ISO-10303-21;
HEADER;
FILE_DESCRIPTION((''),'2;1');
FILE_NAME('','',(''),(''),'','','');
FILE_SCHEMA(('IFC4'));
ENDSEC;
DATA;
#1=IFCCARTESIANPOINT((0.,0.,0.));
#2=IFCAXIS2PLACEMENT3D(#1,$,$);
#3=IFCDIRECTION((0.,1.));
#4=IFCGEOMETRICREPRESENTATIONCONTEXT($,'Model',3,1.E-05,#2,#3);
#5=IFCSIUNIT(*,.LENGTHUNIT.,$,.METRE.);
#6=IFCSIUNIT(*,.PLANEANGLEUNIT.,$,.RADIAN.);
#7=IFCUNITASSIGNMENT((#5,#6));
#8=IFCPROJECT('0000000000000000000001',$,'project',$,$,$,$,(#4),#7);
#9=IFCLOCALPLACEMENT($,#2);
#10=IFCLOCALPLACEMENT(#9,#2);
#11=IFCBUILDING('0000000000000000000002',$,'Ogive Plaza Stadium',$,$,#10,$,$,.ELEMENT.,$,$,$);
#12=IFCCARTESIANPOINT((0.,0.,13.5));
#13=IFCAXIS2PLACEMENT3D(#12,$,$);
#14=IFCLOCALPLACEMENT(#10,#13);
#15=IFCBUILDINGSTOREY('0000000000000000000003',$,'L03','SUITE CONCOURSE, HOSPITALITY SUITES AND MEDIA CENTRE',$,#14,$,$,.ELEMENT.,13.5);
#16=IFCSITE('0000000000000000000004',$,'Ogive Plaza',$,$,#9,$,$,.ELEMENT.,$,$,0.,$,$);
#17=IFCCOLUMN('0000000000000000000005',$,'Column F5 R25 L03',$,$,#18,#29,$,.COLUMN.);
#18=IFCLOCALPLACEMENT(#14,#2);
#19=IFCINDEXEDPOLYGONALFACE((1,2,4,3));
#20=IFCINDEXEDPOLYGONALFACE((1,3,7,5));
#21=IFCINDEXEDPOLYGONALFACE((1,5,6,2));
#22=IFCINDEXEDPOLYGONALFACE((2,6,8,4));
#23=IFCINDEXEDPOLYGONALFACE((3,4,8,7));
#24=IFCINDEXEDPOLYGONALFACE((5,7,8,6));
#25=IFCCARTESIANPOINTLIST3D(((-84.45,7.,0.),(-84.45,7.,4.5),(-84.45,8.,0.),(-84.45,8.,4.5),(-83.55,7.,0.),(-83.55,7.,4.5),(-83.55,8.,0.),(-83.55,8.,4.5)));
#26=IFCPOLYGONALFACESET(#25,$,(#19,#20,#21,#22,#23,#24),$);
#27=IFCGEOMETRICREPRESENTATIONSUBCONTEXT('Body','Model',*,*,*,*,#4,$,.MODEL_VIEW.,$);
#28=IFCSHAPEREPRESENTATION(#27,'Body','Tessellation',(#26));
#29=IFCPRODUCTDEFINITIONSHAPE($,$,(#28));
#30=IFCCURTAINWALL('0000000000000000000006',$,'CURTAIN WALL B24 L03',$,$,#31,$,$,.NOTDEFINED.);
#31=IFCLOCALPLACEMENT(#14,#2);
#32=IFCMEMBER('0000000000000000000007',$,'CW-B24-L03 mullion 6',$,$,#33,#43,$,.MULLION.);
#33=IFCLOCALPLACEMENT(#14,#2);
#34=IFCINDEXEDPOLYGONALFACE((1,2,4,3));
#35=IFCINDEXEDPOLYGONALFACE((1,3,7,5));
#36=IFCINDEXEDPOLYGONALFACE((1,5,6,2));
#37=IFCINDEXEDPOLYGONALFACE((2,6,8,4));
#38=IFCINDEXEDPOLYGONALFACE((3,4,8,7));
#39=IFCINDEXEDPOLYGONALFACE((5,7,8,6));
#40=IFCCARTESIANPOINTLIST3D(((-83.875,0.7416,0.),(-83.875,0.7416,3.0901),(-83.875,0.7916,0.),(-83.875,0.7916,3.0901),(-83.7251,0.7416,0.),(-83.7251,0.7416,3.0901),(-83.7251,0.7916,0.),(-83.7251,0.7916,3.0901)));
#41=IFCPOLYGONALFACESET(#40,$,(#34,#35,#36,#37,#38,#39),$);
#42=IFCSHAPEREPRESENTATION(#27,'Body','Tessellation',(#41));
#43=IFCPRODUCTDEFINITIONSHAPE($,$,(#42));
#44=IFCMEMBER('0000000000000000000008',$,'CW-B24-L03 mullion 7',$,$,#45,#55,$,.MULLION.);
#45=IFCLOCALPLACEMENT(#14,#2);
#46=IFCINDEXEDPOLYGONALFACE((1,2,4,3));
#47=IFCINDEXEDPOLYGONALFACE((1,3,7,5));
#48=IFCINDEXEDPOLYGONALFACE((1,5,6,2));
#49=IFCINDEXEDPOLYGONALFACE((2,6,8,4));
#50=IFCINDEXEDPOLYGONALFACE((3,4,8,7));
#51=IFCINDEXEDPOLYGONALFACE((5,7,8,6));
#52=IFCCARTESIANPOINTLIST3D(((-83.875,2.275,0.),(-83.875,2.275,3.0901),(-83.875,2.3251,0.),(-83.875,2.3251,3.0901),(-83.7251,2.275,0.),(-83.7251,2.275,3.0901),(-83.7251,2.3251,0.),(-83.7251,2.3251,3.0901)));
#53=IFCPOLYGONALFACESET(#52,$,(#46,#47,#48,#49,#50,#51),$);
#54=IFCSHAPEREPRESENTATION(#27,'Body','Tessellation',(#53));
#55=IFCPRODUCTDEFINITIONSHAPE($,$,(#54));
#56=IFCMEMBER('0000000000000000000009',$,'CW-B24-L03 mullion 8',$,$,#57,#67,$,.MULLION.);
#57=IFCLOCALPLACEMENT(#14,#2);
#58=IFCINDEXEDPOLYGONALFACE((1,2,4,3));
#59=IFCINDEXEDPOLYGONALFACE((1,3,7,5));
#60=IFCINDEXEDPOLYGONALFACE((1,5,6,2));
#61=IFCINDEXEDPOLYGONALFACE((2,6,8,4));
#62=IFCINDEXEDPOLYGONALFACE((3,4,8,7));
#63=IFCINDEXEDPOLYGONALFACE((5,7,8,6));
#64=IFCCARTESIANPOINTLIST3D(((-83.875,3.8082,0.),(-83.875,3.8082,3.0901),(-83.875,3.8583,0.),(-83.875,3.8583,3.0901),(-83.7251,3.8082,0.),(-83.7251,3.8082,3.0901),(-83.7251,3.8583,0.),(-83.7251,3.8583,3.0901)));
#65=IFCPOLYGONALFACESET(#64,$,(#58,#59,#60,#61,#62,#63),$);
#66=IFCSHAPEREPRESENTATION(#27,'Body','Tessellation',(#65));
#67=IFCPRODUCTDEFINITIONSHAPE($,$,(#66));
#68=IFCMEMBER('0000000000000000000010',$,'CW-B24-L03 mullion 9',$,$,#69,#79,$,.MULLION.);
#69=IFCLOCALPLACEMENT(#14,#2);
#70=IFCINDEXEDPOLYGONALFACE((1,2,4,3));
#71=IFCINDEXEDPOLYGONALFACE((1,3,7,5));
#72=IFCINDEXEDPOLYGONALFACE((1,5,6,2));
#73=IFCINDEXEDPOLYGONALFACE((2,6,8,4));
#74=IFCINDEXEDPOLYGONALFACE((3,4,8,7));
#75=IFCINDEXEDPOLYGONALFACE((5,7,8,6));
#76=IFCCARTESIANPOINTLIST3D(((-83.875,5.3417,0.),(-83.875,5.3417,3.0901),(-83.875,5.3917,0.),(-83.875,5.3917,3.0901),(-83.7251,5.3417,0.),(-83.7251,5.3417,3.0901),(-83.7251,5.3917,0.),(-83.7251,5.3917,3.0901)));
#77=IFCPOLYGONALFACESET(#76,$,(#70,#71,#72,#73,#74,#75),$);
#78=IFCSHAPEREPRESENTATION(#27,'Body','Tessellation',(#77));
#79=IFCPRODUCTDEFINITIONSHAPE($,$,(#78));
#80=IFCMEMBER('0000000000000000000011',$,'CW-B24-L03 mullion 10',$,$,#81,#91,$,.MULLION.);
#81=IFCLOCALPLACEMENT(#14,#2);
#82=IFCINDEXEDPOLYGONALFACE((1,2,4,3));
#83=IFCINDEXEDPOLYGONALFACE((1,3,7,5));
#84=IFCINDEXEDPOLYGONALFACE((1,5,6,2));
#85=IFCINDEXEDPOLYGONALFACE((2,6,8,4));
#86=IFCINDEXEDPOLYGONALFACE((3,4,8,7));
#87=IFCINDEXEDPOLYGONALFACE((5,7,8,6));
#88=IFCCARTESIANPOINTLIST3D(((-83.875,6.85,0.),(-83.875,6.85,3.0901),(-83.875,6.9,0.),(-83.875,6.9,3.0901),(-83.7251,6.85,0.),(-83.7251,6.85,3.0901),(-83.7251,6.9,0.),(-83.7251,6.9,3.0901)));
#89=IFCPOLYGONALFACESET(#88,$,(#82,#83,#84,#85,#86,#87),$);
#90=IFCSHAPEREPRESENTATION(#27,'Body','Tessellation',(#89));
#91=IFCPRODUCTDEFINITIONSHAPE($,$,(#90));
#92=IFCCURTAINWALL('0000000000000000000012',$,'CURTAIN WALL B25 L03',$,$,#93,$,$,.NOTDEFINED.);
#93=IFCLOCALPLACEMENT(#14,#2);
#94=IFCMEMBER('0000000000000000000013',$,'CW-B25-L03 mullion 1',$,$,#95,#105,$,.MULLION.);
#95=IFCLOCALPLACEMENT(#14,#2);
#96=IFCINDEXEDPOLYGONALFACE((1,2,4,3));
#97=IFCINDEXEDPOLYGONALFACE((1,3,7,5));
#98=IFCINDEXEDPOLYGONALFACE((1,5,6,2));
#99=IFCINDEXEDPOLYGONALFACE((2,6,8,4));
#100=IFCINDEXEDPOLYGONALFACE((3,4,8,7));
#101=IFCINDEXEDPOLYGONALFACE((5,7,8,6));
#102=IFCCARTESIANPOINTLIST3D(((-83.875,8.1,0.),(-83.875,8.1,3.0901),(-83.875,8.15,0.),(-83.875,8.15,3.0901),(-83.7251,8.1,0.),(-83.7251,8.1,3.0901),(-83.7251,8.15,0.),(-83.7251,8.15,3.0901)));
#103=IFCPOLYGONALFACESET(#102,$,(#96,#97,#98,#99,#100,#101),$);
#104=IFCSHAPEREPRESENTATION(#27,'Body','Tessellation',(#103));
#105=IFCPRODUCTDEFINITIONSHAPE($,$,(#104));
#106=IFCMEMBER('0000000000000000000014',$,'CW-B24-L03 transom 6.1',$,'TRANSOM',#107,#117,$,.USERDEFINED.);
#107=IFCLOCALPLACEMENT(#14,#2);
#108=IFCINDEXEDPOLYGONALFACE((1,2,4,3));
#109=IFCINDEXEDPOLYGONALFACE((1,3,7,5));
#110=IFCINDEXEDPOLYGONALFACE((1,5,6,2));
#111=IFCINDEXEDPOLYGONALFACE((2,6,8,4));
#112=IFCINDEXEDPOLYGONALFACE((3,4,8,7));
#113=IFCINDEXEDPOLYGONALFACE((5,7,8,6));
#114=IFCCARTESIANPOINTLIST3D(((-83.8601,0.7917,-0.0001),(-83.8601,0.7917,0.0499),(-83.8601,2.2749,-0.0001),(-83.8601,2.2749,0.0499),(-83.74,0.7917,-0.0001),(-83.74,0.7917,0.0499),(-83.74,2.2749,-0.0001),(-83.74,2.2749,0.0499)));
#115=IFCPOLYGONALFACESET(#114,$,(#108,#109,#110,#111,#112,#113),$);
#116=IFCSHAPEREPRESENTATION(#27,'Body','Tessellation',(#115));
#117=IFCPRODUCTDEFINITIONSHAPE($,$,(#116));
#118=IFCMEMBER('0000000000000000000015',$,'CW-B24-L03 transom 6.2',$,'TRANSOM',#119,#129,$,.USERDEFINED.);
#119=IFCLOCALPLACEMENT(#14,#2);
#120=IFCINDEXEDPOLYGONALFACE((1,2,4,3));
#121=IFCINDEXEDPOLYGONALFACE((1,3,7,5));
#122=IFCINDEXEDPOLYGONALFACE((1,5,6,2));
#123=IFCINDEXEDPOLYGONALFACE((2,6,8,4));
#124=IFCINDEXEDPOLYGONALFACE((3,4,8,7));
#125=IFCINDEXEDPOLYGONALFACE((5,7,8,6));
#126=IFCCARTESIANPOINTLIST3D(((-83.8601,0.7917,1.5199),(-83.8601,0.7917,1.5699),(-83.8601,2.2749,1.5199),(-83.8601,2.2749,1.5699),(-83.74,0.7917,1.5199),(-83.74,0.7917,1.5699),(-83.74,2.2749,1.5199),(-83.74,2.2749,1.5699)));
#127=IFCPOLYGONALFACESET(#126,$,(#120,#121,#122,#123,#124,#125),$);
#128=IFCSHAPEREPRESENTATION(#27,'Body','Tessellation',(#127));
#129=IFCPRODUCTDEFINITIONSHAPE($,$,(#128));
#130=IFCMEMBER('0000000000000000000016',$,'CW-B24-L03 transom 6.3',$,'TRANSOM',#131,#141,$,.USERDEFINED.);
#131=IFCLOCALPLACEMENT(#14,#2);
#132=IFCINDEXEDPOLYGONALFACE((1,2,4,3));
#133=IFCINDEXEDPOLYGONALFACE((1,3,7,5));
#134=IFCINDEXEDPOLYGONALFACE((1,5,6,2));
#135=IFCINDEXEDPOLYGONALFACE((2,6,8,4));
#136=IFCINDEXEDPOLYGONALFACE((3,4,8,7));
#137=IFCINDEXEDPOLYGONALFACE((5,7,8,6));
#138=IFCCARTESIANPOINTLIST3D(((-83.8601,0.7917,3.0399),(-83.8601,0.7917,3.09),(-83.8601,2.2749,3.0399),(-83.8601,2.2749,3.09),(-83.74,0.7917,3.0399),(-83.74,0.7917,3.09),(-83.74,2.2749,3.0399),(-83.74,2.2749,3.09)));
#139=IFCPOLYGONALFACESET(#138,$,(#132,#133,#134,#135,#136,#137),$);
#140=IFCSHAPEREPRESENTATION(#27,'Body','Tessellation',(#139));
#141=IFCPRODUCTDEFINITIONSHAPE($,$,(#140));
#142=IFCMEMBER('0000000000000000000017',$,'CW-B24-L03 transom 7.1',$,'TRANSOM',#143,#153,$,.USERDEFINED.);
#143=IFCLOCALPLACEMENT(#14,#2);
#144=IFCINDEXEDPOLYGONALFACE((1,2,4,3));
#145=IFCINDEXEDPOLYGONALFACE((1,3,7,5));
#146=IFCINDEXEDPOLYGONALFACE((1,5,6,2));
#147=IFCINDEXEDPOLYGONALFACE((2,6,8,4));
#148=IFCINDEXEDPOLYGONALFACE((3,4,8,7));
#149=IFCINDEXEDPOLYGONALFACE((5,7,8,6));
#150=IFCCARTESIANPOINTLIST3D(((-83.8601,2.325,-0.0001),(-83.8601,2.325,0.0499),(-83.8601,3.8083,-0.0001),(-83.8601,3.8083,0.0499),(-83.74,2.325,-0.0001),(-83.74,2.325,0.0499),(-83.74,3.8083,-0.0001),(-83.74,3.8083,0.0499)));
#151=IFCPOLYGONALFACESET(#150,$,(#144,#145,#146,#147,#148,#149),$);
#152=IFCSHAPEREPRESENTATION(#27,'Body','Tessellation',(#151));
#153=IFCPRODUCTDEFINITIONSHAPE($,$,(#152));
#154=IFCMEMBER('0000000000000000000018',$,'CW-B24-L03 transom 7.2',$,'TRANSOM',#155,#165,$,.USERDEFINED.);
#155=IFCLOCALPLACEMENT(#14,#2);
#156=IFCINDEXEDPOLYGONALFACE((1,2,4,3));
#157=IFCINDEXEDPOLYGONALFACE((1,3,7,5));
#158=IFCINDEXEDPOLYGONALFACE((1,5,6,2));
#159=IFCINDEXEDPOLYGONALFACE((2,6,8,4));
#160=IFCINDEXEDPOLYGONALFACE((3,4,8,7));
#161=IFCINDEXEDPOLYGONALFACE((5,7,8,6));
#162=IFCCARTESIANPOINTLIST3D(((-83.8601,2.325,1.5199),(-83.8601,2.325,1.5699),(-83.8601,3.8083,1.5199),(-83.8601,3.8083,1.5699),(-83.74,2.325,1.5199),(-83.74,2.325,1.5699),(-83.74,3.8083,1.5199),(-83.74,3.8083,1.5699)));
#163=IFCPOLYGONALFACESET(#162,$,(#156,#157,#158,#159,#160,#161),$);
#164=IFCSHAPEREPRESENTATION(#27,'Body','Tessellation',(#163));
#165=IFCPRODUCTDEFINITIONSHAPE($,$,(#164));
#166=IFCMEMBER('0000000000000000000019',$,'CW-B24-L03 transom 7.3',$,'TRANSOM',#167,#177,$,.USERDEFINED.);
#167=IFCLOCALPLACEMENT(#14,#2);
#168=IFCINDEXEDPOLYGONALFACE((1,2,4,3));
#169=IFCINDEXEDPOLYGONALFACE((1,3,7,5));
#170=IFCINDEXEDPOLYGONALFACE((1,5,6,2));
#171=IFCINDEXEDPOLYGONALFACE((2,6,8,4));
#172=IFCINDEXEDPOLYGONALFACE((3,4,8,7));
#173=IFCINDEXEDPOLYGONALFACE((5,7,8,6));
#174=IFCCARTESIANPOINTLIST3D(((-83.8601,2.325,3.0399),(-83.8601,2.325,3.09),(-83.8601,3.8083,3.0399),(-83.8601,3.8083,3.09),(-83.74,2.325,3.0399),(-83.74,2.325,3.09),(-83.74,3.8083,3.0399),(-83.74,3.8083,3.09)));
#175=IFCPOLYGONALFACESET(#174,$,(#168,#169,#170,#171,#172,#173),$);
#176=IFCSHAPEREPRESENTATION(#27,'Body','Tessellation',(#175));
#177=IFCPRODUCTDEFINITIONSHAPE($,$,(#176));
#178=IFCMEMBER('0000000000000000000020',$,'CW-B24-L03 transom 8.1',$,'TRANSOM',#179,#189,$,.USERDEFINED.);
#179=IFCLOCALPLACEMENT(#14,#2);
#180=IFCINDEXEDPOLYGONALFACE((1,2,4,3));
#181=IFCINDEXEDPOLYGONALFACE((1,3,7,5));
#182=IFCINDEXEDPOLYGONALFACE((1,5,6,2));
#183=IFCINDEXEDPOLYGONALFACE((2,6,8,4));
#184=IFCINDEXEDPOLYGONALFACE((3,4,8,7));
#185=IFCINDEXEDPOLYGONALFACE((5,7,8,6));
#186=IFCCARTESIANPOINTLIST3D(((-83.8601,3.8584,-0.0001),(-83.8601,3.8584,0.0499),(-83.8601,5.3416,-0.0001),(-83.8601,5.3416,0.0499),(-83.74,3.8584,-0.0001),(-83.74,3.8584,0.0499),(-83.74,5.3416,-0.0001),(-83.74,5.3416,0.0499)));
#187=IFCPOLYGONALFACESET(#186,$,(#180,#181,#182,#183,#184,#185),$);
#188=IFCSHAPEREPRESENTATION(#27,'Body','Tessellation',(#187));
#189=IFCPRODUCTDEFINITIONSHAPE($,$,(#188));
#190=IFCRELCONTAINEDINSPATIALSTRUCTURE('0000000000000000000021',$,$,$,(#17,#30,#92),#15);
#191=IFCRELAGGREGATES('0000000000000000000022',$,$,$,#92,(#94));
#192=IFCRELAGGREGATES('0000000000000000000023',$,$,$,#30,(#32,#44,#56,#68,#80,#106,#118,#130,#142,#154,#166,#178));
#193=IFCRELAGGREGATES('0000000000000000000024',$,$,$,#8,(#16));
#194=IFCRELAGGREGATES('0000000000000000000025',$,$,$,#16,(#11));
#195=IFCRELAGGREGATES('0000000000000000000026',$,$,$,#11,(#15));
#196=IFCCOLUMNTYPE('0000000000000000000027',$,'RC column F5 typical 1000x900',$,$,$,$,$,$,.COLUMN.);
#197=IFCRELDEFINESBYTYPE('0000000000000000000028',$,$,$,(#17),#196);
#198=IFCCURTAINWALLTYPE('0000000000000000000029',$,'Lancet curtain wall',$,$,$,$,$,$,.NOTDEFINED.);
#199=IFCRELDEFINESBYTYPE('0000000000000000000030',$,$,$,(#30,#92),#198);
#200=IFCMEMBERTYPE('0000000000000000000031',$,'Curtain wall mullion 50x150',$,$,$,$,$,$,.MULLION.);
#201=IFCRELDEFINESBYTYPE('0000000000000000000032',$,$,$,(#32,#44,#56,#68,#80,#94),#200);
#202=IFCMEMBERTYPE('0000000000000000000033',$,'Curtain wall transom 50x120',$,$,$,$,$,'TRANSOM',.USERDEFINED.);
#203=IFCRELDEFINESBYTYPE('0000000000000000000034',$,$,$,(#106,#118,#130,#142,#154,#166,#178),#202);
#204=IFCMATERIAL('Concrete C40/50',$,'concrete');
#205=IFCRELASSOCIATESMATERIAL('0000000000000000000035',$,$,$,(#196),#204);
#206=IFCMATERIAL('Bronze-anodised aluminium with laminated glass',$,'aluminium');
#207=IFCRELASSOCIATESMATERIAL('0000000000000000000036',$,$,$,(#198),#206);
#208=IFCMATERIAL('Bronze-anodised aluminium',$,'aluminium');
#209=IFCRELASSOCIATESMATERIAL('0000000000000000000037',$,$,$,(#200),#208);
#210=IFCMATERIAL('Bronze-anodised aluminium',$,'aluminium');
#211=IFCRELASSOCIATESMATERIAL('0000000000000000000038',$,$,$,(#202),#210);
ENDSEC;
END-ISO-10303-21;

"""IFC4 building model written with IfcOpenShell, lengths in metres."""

from ifc_helpers import new_model, si_unit, direction, frame, origin, origin_2d, place, context, subcontext, project, spatial, rectangle, extrude, material, material_profile, profile_set, type_object, element, aggregate, save


model = new_model("IFC4")

# Units and contexts
model_context = context("Model", 3, precision=1e-05, world=origin(), true_north=direction((0.0, 1.0)))
body_context = subcontext(model_context, "Body", "Model", "MODEL_VIEW")
ifc_project = project(units=[si_unit("LENGTHUNIT", "METRE"), si_unit("PLANEANGLEUNIT", "RADIAN")], contexts=[model_context])

# Site, building, storey
site_placement = place(None, origin())
site = spatial("IfcSite", under=ifc_project, at=site_placement, Name="Ogive Plaza", CompositionType="ELEMENT", RefElevation=0.0)
building_placement = place(site_placement, origin())
building = spatial("IfcBuilding", under=site, at=building_placement, Name="Ogive Plaza Stadium", CompositionType="ELEMENT")
storey_placement = place(building_placement, frame((0.0, 0.0, 13.5)))
storey = spatial("IfcBuildingStorey", under=building, at=storey_placement, Name="L03", Description="SUITE CONCOURSE, HOSPITALITY SUITES AND MEDIA CENTRE", CompositionType="ELEMENT", Elevation=13.5)

# Column
ifc_material_1 = material(Name="Concrete C40/50", Category="concrete")
ifc_material_profile_1 = material_profile(ifc_material_1, rectangle(XDim=1.0, YDim=0.8999, at=origin_2d()), Name="RC 1000x900")
ifc_profile_set_1 = profile_set([ifc_material_profile_1], Name="Concrete C40/50")
column_type = type_object("IfcColumnType", Name="RC column F5 typical 1000x900", PredefinedType="COLUMN", material=ifc_profile_set_1)
column_placement = place(storey_placement, frame((-84.0, 7.5, 0.0), z_axis=(0.0, 0.0, 1.0), x_axis=(0.0, -1.0, 0.0)))
element("IfcColumn", 1, at=column_placement, inside=storey, type_object=column_type, Name="Column F5 R25 L03", PredefinedType="COLUMN", context=body_context, shape_type="SweptSolid", body=[
    extrude(rectangle(XDim=1.0, YDim=0.8999, at=origin_2d()), origin(), (0.0, 0.0, 1.0), 4.5),
])

# Curtain wall, members
ifc_material_2 = material(Name="Bronze-anodised aluminium with laminated glass", Category="aluminium")
curtain_wall_type = type_object("IfcCurtainWallType", Name="Lancet curtain wall", PredefinedType="NOTDEFINED", material=ifc_material_2)
curtain_wall_1_placement = place(storey_placement, origin())
curtain_wall_1 = element("IfcCurtainWall", 2, at=curtain_wall_1_placement, inside=storey, type_object=curtain_wall_type, Name="CURTAIN WALL B24 L03", PredefinedType="NOTDEFINED")
ifc_material_3 = material(Name="Bronze-anodised aluminium", Category="aluminium")
ifc_material_profile_2 = material_profile(ifc_material_3, rectangle(XDim=0.1499, YDim=0.05, at=origin_2d()), Name="AL 150x50")
ifc_profile_set_2 = profile_set([ifc_material_profile_2], Name="Bronze-anodised aluminium")
member_type_1 = type_object("IfcMemberType", Name="Curtain wall mullion 50x150", PredefinedType="MULLION", material=ifc_profile_set_2)
member_1_placement = place(storey_placement, frame((-83.8, 0.7666, 0.0), z_axis=(0.0, 0.0, 1.0), x_axis=(-1.0, 0.0, 0.0)))
member_1 = element("IfcMember", 3, at=member_1_placement, type_object=member_type_1, Name="CW-B24-L03 mullion 6", PredefinedType="MULLION", context=body_context, shape_type="SweptSolid", body=[
    extrude(rectangle(XDim=0.1499, YDim=0.05, at=origin_2d()), origin(), (0.0, 0.0, 1.0), 3.0901),
])
member_2_placement = place(storey_placement, frame((-83.8, 2.3, 0.0), z_axis=(0.0, 0.0, 1.0), x_axis=(-1.0, 0.0, 0.0)))
member_2 = element("IfcMember", 4, at=member_2_placement, type_object=member_type_1, Name="CW-B24-L03 mullion 7", PredefinedType="MULLION", context=body_context, shape_type="SweptSolid", body=[
    extrude(rectangle(XDim=0.1499, YDim=0.05, at=origin_2d()), origin(), (0.0, 0.0, 1.0), 3.0901),
])
member_3_placement = place(storey_placement, frame((-83.8, 3.8333, 0.0), z_axis=(0.0, 0.0, 1.0), x_axis=(-1.0, 0.0, 0.0)))
member_3 = element("IfcMember", 5, at=member_3_placement, type_object=member_type_1, Name="CW-B24-L03 mullion 8", PredefinedType="MULLION", context=body_context, shape_type="SweptSolid", body=[
    extrude(rectangle(XDim=0.1499, YDim=0.05, at=origin_2d()), origin(), (0.0, 0.0, 1.0), 3.0901),
])
member_4_placement = place(storey_placement, frame((-83.8, 5.3667, 0.0), z_axis=(0.0, 0.0, 1.0), x_axis=(-1.0, 0.0, 0.0)))
member_4 = element("IfcMember", 6, at=member_4_placement, type_object=member_type_1, Name="CW-B24-L03 mullion 9", PredefinedType="MULLION", context=body_context, shape_type="SweptSolid", body=[
    extrude(rectangle(XDim=0.1499, YDim=0.05, at=origin_2d()), origin(), (0.0, 0.0, 1.0), 3.0901),
])
member_5_placement = place(storey_placement, frame((-83.8, 6.875, 0.0), z_axis=(0.0, 0.0, 1.0), x_axis=(-1.0, 0.0, 0.0)))
member_5 = element("IfcMember", 7, at=member_5_placement, type_object=member_type_1, Name="CW-B24-L03 mullion 10", PredefinedType="MULLION", context=body_context, shape_type="SweptSolid", body=[
    extrude(rectangle(XDim=0.1499, YDim=0.05, at=origin_2d()), origin(), (0.0, 0.0, 1.0), 3.0901),
])

# Curtain wall, member
curtain_wall_2_placement = place(storey_placement, origin())
curtain_wall_2 = element("IfcCurtainWall", 8, at=curtain_wall_2_placement, inside=storey, type_object=curtain_wall_type, Name="CURTAIN WALL B25 L03", PredefinedType="NOTDEFINED")
member_6_placement = place(storey_placement, frame((-83.8, 8.125, 0.0), z_axis=(0.0, 0.0, 1.0), x_axis=(-1.0, 0.0, 0.0)))
member_6 = element("IfcMember", 9, at=member_6_placement, type_object=member_type_1, Name="CW-B25-L03 mullion 1", PredefinedType="MULLION", context=body_context, shape_type="SweptSolid", body=[
    extrude(rectangle(XDim=0.1499, YDim=0.05, at=origin_2d()), origin(), (0.0, 0.0, 1.0), 3.0901),
])

# Members
ifc_material_4 = material(Name="Bronze-anodised aluminium", Category="aluminium")
ifc_material_profile_3 = material_profile(ifc_material_4, rectangle(XDim=0.1201, YDim=0.05, at=origin_2d()), Name="AL 120x50")
ifc_profile_set_3 = profile_set([ifc_material_profile_3], Name="Bronze-anodised aluminium")
member_type_2 = type_object("IfcMemberType", Name="Curtain wall transom 50x120", ElementType="TRANSOM", PredefinedType="USERDEFINED", material=ifc_profile_set_3)
member_7_placement = place(storey_placement, frame((-83.8, 0.7917, 0.0249), z_axis=(0.0, 1.0, 0.0), x_axis=(-1.0, 0.0, 0.0)))
member_7 = element("IfcMember", 10, at=member_7_placement, type_object=member_type_2, Name="CW-B24-L03 transom 6.1", ObjectType="TRANSOM", PredefinedType="USERDEFINED", context=body_context, shape_type="SweptSolid", body=[
    extrude(rectangle(XDim=0.1201, YDim=0.05, at=origin_2d()), origin(), (0.0, 0.0, 1.0), 1.4832),
])
member_8_placement = place(storey_placement, frame((-83.8, 0.7917, 1.5449), z_axis=(0.0, 1.0, 0.0), x_axis=(-1.0, 0.0, 0.0)))
member_8 = element("IfcMember", 11, at=member_8_placement, type_object=member_type_2, Name="CW-B24-L03 transom 6.2", ObjectType="TRANSOM", PredefinedType="USERDEFINED", context=body_context, shape_type="SweptSolid", body=[
    extrude(rectangle(XDim=0.1201, YDim=0.05, at=origin_2d()), origin(), (0.0, 0.0, 1.0), 1.4832),
])
member_9_placement = place(storey_placement, frame((-83.8, 0.7917, 3.0649), z_axis=(0.0, 1.0, 0.0), x_axis=(-1.0, 0.0, 0.0)))
member_9 = element("IfcMember", 12, at=member_9_placement, type_object=member_type_2, Name="CW-B24-L03 transom 6.3", ObjectType="TRANSOM", PredefinedType="USERDEFINED", context=body_context, shape_type="SweptSolid", body=[
    extrude(rectangle(XDim=0.1201, YDim=0.05, at=origin_2d()), origin(), (0.0, 0.0, 1.0), 1.4832),
])
member_10_placement = place(storey_placement, frame((-83.8, 2.325, 0.0249), z_axis=(0.0, 1.0, 0.0), x_axis=(-1.0, 0.0, 0.0)))
member_10 = element("IfcMember", 13, at=member_10_placement, type_object=member_type_2, Name="CW-B24-L03 transom 7.1", ObjectType="TRANSOM", PredefinedType="USERDEFINED", context=body_context, shape_type="SweptSolid", body=[
    extrude(rectangle(XDim=0.1201, YDim=0.05, at=origin_2d()), origin(), (0.0, 0.0, 1.0), 1.4834),
])
member_11_placement = place(storey_placement, frame((-83.8, 2.325, 1.5449), z_axis=(0.0, 1.0, 0.0), x_axis=(-1.0, 0.0, 0.0)))
member_11 = element("IfcMember", 14, at=member_11_placement, type_object=member_type_2, Name="CW-B24-L03 transom 7.2", ObjectType="TRANSOM", PredefinedType="USERDEFINED", context=body_context, shape_type="SweptSolid", body=[
    extrude(rectangle(XDim=0.1201, YDim=0.05, at=origin_2d()), origin(), (0.0, 0.0, 1.0), 1.4834),
])
member_12_placement = place(storey_placement, frame((-83.8, 2.325, 3.0649), z_axis=(0.0, 1.0, 0.0), x_axis=(-1.0, 0.0, 0.0)))
member_12 = element("IfcMember", 15, at=member_12_placement, type_object=member_type_2, Name="CW-B24-L03 transom 7.3", ObjectType="TRANSOM", PredefinedType="USERDEFINED", context=body_context, shape_type="SweptSolid", body=[
    extrude(rectangle(XDim=0.1201, YDim=0.05, at=origin_2d()), origin(), (0.0, 0.0, 1.0), 1.4834),
])
member_13_placement = place(storey_placement, frame((-83.8, 3.8584, 0.0249), z_axis=(0.0, 1.0, 0.0), x_axis=(-1.0, 0.0, 0.0)))
member_13 = element("IfcMember", 16, at=member_13_placement, type_object=member_type_2, Name="CW-B24-L03 transom 8.1", ObjectType="TRANSOM", PredefinedType="USERDEFINED", context=body_context, shape_type="SweptSolid", body=[
    extrude(rectangle(XDim=0.1201, YDim=0.05, at=origin_2d()), origin(), (0.0, 0.0, 1.0), 1.4832),
])
aggregate(curtain_wall_2, [member_6])

aggregate(curtain_wall_1, [member_1, member_2, member_3, member_4, member_5, member_7, member_8, member_9, member_10, member_11, member_12, member_13])

save(model, "model.ifc")
